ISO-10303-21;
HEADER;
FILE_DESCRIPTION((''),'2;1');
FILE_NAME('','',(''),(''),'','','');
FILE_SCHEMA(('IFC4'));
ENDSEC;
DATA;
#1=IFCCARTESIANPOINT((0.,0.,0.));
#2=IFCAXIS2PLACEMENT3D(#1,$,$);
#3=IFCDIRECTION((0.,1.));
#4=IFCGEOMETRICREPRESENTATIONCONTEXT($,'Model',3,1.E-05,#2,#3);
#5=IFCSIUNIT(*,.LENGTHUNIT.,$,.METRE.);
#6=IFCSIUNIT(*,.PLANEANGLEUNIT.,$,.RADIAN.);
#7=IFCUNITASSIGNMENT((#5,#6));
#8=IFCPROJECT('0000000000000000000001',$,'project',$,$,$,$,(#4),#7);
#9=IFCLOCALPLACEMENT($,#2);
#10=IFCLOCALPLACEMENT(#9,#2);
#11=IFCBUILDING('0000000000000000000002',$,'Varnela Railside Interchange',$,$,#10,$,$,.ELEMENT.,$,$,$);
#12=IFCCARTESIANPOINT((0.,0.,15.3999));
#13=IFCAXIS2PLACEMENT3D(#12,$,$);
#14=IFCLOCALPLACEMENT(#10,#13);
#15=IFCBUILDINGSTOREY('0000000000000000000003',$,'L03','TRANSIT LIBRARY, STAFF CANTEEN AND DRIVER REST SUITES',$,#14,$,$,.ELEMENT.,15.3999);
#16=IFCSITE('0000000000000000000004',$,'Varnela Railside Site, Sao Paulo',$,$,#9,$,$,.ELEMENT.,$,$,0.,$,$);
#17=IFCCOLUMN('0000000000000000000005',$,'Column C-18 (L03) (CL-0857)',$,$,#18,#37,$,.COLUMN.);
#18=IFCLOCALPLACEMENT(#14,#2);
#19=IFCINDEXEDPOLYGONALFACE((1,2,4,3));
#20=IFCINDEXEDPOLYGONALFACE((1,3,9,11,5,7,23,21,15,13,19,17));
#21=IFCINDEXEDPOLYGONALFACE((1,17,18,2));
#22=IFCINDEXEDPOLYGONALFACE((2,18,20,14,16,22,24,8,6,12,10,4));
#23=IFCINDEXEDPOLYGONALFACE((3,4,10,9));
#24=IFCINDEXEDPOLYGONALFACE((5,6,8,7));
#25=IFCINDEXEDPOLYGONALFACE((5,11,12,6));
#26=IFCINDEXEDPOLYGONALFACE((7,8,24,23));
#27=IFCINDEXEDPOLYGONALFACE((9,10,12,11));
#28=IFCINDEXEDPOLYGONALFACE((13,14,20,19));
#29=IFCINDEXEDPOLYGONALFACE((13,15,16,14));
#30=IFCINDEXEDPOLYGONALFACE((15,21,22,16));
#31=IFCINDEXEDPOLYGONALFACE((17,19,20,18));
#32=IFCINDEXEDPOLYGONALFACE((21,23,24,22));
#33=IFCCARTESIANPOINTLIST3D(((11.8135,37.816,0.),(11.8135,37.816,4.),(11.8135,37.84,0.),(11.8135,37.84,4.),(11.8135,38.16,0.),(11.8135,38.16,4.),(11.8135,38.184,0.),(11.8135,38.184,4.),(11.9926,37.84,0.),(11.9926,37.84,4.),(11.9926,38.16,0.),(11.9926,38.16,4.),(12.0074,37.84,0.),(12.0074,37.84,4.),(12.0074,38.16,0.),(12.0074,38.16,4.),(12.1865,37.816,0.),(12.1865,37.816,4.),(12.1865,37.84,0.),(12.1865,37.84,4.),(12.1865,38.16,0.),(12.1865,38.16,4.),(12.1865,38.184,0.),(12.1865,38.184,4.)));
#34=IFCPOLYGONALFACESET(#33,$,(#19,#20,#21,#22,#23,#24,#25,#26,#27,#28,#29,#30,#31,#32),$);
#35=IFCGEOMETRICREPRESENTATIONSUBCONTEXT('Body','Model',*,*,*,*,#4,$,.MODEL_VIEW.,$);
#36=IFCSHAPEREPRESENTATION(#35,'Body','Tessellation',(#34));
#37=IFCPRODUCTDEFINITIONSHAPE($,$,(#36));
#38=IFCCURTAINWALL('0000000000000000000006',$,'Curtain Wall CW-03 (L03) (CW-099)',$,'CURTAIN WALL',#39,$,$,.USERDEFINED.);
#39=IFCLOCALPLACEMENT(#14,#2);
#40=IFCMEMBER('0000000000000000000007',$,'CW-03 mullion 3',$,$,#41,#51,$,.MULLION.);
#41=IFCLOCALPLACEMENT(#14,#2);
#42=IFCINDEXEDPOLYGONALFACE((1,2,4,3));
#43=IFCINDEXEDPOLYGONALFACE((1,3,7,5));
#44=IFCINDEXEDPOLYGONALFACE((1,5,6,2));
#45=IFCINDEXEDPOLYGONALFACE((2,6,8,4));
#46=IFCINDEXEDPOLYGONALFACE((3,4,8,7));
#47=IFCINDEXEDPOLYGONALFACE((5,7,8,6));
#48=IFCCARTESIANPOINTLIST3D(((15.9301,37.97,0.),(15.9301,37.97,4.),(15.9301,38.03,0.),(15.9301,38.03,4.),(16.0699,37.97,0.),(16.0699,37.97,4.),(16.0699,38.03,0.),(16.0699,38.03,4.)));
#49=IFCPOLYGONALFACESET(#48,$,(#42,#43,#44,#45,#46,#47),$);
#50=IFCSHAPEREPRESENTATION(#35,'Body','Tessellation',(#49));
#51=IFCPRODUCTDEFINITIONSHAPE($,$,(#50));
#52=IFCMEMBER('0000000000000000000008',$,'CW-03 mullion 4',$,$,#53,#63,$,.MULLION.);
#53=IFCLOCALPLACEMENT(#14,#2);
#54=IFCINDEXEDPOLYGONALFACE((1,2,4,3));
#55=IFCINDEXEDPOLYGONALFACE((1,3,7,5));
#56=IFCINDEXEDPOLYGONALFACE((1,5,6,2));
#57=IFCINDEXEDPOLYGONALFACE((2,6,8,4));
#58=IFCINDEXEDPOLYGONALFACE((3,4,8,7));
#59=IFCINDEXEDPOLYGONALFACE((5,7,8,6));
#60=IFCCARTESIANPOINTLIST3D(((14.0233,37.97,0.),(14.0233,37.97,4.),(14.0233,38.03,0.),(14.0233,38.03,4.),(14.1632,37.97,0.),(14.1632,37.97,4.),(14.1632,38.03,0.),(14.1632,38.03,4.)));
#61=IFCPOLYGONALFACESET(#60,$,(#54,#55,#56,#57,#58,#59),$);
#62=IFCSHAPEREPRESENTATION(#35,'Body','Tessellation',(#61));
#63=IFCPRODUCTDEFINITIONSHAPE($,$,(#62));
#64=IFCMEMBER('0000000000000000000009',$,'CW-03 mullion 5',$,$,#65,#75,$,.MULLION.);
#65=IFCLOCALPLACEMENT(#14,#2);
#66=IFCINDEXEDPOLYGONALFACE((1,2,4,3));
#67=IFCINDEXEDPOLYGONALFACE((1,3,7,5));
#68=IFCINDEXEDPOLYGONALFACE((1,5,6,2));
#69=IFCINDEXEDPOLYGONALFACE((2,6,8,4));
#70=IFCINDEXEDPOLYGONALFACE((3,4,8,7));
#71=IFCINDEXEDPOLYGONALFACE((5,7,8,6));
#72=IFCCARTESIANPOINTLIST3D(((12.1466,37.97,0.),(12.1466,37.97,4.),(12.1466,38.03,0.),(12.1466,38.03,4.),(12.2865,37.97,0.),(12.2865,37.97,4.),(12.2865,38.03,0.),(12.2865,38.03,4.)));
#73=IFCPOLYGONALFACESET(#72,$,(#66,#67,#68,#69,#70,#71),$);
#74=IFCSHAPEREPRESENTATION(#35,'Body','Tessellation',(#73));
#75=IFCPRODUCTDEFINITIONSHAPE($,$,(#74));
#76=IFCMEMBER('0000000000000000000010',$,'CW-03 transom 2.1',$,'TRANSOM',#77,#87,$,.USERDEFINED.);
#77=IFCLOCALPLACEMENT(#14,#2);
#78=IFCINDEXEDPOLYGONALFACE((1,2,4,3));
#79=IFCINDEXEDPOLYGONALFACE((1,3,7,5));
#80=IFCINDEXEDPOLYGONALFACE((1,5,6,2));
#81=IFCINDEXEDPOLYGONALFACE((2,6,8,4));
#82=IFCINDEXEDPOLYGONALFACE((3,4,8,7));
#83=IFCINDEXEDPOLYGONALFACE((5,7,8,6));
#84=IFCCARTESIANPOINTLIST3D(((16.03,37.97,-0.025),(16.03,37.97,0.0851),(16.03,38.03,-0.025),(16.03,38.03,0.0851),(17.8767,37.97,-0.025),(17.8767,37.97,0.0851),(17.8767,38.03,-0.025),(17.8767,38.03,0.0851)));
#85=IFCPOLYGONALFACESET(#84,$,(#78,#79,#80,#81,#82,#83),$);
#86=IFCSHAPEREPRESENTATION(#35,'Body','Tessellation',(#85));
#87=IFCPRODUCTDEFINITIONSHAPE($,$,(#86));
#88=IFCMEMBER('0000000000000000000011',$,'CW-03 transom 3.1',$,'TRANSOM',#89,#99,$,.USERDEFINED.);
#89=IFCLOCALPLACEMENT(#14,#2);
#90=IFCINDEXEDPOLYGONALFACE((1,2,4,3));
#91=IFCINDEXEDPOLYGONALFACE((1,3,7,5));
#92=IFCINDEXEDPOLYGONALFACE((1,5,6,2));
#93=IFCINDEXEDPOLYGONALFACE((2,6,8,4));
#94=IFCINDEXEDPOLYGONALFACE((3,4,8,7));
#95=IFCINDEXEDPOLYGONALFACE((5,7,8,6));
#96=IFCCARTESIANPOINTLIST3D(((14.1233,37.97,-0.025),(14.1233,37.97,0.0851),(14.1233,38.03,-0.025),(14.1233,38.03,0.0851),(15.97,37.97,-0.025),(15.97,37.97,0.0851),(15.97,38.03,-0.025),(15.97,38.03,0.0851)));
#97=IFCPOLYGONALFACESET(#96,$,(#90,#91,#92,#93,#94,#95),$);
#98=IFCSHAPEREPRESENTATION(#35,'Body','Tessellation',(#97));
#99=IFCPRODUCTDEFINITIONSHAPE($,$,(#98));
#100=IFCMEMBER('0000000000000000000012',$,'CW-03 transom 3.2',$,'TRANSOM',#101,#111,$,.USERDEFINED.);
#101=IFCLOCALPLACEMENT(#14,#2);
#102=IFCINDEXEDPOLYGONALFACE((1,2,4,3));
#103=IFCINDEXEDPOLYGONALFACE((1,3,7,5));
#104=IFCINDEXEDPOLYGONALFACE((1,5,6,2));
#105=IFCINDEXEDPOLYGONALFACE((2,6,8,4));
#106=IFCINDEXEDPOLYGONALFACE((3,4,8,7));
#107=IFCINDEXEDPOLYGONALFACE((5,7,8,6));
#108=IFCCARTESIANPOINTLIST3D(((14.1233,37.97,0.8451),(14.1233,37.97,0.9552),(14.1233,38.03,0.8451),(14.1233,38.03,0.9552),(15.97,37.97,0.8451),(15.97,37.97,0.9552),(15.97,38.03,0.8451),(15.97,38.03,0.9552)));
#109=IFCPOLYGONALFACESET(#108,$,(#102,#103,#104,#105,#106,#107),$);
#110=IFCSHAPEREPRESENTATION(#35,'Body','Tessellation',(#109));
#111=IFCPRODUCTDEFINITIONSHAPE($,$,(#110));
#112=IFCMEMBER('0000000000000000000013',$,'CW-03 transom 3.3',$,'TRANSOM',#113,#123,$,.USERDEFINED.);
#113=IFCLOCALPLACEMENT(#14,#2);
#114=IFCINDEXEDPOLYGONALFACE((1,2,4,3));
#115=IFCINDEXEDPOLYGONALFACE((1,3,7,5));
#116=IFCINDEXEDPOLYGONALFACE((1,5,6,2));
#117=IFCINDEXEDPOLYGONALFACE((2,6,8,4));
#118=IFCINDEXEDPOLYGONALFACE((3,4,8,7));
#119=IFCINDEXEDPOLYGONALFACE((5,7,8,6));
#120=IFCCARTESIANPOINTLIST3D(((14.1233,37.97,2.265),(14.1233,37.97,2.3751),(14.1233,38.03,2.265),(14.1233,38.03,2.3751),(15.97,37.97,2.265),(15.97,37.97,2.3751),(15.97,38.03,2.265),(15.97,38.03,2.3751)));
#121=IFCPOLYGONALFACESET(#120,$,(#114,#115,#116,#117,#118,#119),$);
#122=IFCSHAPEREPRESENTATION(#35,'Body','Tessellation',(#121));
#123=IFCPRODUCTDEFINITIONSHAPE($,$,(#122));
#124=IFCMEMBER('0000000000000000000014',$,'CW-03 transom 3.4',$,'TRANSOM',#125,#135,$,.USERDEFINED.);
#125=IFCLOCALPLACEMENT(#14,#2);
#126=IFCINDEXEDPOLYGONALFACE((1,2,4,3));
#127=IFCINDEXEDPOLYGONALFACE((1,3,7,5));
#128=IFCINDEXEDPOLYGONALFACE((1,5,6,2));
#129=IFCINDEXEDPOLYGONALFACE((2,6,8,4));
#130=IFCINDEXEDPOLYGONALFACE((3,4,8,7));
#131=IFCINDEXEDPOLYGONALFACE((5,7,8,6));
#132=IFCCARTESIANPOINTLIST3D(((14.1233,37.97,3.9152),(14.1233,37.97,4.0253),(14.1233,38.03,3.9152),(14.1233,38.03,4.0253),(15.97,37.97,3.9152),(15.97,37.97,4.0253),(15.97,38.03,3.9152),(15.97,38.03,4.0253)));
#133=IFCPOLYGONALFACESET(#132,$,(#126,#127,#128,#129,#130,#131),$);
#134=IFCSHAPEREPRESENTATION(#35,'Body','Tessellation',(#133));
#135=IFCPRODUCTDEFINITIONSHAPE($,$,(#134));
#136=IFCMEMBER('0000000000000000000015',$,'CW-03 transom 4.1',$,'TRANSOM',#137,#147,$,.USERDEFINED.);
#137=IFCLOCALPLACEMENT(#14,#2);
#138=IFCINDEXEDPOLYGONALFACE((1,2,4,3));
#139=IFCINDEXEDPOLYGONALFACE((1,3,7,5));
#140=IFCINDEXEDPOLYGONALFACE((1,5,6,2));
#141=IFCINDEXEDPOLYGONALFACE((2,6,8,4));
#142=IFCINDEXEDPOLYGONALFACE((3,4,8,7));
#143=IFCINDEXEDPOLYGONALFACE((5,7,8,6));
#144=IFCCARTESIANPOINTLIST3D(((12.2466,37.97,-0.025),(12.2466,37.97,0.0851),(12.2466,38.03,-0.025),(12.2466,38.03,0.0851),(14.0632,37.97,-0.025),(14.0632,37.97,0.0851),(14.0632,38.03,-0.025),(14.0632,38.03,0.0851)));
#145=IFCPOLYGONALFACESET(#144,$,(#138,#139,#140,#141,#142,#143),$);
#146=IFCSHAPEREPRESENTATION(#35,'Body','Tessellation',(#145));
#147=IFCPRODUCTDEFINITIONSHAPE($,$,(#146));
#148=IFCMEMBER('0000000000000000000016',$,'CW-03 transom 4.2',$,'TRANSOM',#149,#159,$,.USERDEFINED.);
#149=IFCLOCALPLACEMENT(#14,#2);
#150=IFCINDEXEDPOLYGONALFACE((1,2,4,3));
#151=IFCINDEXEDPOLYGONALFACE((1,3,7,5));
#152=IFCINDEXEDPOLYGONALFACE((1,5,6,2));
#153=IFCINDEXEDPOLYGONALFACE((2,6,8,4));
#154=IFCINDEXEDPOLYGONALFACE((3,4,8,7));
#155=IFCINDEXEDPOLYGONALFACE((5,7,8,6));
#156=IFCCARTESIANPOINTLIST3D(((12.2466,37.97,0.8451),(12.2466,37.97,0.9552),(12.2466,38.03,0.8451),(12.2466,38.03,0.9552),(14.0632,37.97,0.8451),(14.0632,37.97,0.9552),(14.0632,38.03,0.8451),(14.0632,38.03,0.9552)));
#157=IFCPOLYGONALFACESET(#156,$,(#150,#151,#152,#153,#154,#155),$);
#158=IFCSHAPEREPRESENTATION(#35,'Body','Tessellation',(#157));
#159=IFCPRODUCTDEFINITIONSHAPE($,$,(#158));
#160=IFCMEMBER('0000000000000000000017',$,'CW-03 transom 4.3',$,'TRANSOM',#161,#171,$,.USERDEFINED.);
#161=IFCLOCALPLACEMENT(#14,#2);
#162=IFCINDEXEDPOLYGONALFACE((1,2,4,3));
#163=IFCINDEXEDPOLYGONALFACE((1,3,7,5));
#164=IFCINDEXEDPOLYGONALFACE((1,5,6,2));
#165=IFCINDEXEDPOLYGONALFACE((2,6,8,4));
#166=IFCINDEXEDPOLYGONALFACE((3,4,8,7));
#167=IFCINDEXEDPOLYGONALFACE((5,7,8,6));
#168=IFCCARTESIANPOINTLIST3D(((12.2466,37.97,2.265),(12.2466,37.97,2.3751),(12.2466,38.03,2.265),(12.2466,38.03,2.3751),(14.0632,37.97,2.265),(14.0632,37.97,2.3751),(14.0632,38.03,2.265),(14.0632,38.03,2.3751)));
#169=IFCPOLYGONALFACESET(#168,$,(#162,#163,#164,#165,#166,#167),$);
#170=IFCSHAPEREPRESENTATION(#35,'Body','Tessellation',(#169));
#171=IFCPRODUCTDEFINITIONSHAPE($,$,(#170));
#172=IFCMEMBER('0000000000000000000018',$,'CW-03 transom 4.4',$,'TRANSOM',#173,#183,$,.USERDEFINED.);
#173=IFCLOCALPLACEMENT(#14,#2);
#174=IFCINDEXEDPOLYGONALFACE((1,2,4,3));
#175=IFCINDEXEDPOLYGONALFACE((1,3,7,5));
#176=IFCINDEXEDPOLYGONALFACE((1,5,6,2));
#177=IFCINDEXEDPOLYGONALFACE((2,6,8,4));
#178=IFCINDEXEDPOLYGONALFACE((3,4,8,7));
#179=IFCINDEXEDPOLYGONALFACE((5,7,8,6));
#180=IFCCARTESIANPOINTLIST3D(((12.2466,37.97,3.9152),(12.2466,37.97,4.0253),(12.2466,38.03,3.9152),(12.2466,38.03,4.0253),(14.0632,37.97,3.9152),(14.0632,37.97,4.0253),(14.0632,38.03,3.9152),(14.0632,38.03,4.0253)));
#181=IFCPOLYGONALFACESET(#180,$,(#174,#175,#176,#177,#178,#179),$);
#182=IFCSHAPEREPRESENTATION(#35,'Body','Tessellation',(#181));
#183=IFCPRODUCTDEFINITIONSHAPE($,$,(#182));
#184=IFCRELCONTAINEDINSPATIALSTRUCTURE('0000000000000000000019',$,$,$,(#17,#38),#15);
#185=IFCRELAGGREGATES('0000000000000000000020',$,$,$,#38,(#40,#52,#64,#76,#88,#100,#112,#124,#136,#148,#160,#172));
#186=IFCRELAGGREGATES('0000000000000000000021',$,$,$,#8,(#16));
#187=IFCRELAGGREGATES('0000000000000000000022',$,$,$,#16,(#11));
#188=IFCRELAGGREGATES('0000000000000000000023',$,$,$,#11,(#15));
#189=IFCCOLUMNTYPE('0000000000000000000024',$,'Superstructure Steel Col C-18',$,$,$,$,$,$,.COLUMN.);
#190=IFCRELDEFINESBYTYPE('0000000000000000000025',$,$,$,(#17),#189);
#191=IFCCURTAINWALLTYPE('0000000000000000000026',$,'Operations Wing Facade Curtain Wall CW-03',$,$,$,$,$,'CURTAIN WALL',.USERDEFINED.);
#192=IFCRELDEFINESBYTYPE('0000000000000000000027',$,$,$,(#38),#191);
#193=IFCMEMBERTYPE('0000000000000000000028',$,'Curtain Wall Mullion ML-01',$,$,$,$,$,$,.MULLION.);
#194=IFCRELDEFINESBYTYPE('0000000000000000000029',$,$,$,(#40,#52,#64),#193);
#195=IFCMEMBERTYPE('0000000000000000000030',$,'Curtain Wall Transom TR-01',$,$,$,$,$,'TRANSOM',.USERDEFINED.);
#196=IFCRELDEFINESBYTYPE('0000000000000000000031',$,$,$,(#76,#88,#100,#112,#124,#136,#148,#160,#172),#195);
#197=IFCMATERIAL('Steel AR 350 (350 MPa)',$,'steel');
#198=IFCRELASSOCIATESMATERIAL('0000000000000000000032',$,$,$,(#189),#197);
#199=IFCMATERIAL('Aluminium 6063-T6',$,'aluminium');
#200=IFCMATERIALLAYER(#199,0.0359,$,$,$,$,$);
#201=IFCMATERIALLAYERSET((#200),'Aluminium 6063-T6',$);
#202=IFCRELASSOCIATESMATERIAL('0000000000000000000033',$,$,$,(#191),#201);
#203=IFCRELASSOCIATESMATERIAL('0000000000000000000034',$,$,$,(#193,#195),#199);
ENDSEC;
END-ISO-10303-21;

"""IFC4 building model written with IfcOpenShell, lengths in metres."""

from ifc_helpers import new_model, si_unit, direction, frame, origin, origin_2d, place, context, subcontext, project, spatial, rectangle, i_section, extrude, material, layer, layer_set, material_profile, profile_set, type_object, element, aggregate, save


model = new_model("IFC4")

# Units and contexts
model_context = context("Model", 3, precision=1e-05, world=origin(), true_north=direction((0.0, 1.0)))
body_context = subcontext(model_context, "Body", "Model", "MODEL_VIEW")
ifc_project = project(units=[si_unit("LENGTHUNIT", "METRE"), si_unit("PLANEANGLEUNIT", "RADIAN")], contexts=[model_context])

# Site, building, storey
site_placement = place(None, origin())
site = spatial("IfcSite", under=ifc_project, at=site_placement, Name="Varnela Railside Site, Sao Paulo", CompositionType="ELEMENT", RefElevation=0.0)
building_placement = place(site_placement, origin())
building = spatial("IfcBuilding", under=site, at=building_placement, Name="Varnela Railside Interchange", CompositionType="ELEMENT")
storey_placement = place(building_placement, frame((0.0, 0.0, 15.3999)))
storey = spatial("IfcBuildingStorey", under=building, at=storey_placement, Name="L03", Description="TRANSIT LIBRARY, STAFF CANTEEN AND DRIVER REST SUITES", CompositionType="ELEMENT", Elevation=15.3999)

# Column
ifc_material_1 = material(Name="Steel AR 350 (350 MPa)", Category="steel")
ifc_material_profile_1 = material_profile(ifc_material_1, i_section(OverallWidth=0.373, OverallDepth=0.3679, WebThickness=0.0149, FlangeThickness=0.0239, at=origin_2d()), Name="W360x179")
ifc_profile_set_1 = profile_set([ifc_material_profile_1], Name="Steel AR 350 (350 MPa)")
column_type = type_object("IfcColumnType", Name="Superstructure Steel Col C-18", PredefinedType="COLUMN", material=ifc_profile_set_1)
column_placement = place(storey_placement, frame((12.0, 38.0, 0.0), z_axis=(0.0, 0.0, 1.0), x_axis=(1.0, 0.0, 0.0)))
element("IfcColumn", 1, at=column_placement, inside=storey, type_object=column_type, Name="Column C-18 (L03) (CL-0857)", PredefinedType="COLUMN", context=body_context, shape_type="SweptSolid", body=[
    extrude(i_section(OverallWidth=0.373, OverallDepth=0.3679, WebThickness=0.0149, FlangeThickness=0.0239, at=origin_2d()), origin(), (0.0, 0.0, 1.0), 4.0),
])

# Curtain wall, members
ifc_material_2 = material(Name="Aluminium 6063-T6", Category="aluminium")
ifc_layer_1 = layer(ifc_material_2, 0.0359)
ifc_layer_set_1 = layer_set([ifc_layer_1], Name="Aluminium 6063-T6")
curtain_wall_type = type_object("IfcCurtainWallType", Name="Operations Wing Facade Curtain Wall CW-03", ElementType="CURTAIN WALL", PredefinedType="USERDEFINED", material=ifc_layer_set_1)
curtain_wall_placement = place(storey_placement, origin())
curtain_wall = element("IfcCurtainWall", 2, at=curtain_wall_placement, inside=storey, type_object=curtain_wall_type, Name="Curtain Wall CW-03 (L03) (CW-099)", ObjectType="CURTAIN WALL", PredefinedType="USERDEFINED")
ifc_material_profile_2 = material_profile(ifc_material_2, rectangle(XDim=0.0601, YDim=0.1399, at=origin_2d()), Name="ALU 60x140")
ifc_profile_set_2 = profile_set([ifc_material_profile_2], Name="Aluminium 6063-T6")
member_type_1 = type_object("IfcMemberType", Name="Curtain Wall Mullion ML-01", PredefinedType="MULLION", material=ifc_profile_set_2)
member_1_placement = place(storey_placement, frame((16.0, 38.0, 0.0), z_axis=(0.0, 0.0, 1.0), x_axis=(0.0, -1.0, 0.0)))
member_1 = element("IfcMember", 3, at=member_1_placement, type_object=member_type_1, Name="CW-03 mullion 3", PredefinedType="MULLION", context=body_context, shape_type="SweptSolid", body=[
    extrude(rectangle(XDim=0.0601, YDim=0.1399, at=origin_2d()), origin(), (0.0, 0.0, 1.0), 4.0),
])
member_2_placement = place(storey_placement, frame((14.0933, 38.0, 0.0), z_axis=(0.0, 0.0, 1.0), x_axis=(0.0, -1.0, 0.0)))
member_2 = element("IfcMember", 4, at=member_2_placement, type_object=member_type_1, Name="CW-03 mullion 4", PredefinedType="MULLION", context=body_context, shape_type="SweptSolid", body=[
    extrude(rectangle(XDim=0.0601, YDim=0.1399, at=origin_2d()), origin(), (0.0, 0.0, 1.0), 4.0),
])
member_3_placement = place(storey_placement, frame((12.2166, 38.0, 0.0), z_axis=(0.0, 0.0, 1.0), x_axis=(0.0, -1.0, 0.0)))
member_3 = element("IfcMember", 5, at=member_3_placement, type_object=member_type_1, Name="CW-03 mullion 5", PredefinedType="MULLION", context=body_context, shape_type="SweptSolid", body=[
    extrude(rectangle(XDim=0.0601, YDim=0.1399, at=origin_2d()), origin(), (0.0, 0.0, 1.0), 4.0),
])
ifc_material_profile_3 = material_profile(ifc_material_2, rectangle(XDim=0.0601, YDim=0.1101, at=origin_2d()), Name="ALU 60x110")
ifc_profile_set_3 = profile_set([ifc_material_profile_3], Name="Aluminium 6063-T6")
member_type_2 = type_object("IfcMemberType", Name="Curtain Wall Transom TR-01", ElementType="TRANSOM", PredefinedType="USERDEFINED", material=ifc_profile_set_3)
member_4_placement = place(storey_placement, frame((17.8767, 38.0, 0.03), z_axis=(-1.0, 0.0, 0.0), x_axis=(0.0, -1.0, 0.0)))
member_4 = element("IfcMember", 6, at=member_4_placement, type_object=member_type_2, Name="CW-03 transom 2.1", ObjectType="TRANSOM", PredefinedType="USERDEFINED", context=body_context, shape_type="SweptSolid", body=[
    extrude(rectangle(XDim=0.0601, YDim=0.1101, at=origin_2d()), origin(), (0.0, 0.0, 1.0), 1.8467),
])
member_5_placement = place(storey_placement, frame((15.97, 38.0, 0.03), z_axis=(-1.0, 0.0, 0.0), x_axis=(0.0, -1.0, 0.0)))
member_5 = element("IfcMember", 7, at=member_5_placement, type_object=member_type_2, Name="CW-03 transom 3.1", ObjectType="TRANSOM", PredefinedType="USERDEFINED", context=body_context, shape_type="SweptSolid", body=[
    extrude(rectangle(XDim=0.0601, YDim=0.1101, at=origin_2d()), origin(), (0.0, 0.0, 1.0), 1.8467),
])
member_6_placement = place(storey_placement, frame((15.97, 38.0, 0.9001), z_axis=(-1.0, 0.0, 0.0), x_axis=(0.0, -1.0, 0.0)))
member_6 = element("IfcMember", 8, at=member_6_placement, type_object=member_type_2, Name="CW-03 transom 3.2", ObjectType="TRANSOM", PredefinedType="USERDEFINED", context=body_context, shape_type="SweptSolid", body=[
    extrude(rectangle(XDim=0.0601, YDim=0.1101, at=origin_2d()), origin(), (0.0, 0.0, 1.0), 1.8467),
])
member_7_placement = place(storey_placement, frame((15.97, 38.0, 2.3201), z_axis=(-1.0, 0.0, 0.0), x_axis=(0.0, -1.0, 0.0)))
member_7 = element("IfcMember", 9, at=member_7_placement, type_object=member_type_2, Name="CW-03 transom 3.3", ObjectType="TRANSOM", PredefinedType="USERDEFINED", context=body_context, shape_type="SweptSolid", body=[
    extrude(rectangle(XDim=0.0601, YDim=0.1101, at=origin_2d()), origin(), (0.0, 0.0, 1.0), 1.8467),
])
member_8_placement = place(storey_placement, frame((15.97, 38.0, 3.9702), z_axis=(-1.0, 0.0, 0.0), x_axis=(0.0, -1.0, 0.0)))
member_8 = element("IfcMember", 10, at=member_8_placement, type_object=member_type_2, Name="CW-03 transom 3.4", ObjectType="TRANSOM", PredefinedType="USERDEFINED", context=body_context, shape_type="SweptSolid", body=[
    extrude(rectangle(XDim=0.0601, YDim=0.1101, at=origin_2d()), origin(), (0.0, 0.0, 1.0), 1.8467),
])
member_9_placement = place(storey_placement, frame((14.0632, 38.0, 0.03), z_axis=(-1.0, 0.0, 0.0), x_axis=(0.0, -1.0, 0.0)))
member_9 = element("IfcMember", 11, at=member_9_placement, type_object=member_type_2, Name="CW-03 transom 4.1", ObjectType="TRANSOM", PredefinedType="USERDEFINED", context=body_context, shape_type="SweptSolid", body=[
    extrude(rectangle(XDim=0.0601, YDim=0.1101, at=origin_2d()), origin(), (0.0, 0.0, 1.0), 1.8167),
])
member_10_placement = place(storey_placement, frame((14.0632, 38.0, 0.9001), z_axis=(-1.0, 0.0, 0.0), x_axis=(0.0, -1.0, 0.0)))
member_10 = element("IfcMember", 12, at=member_10_placement, type_object=member_type_2, Name="CW-03 transom 4.2", ObjectType="TRANSOM", PredefinedType="USERDEFINED", context=body_context, shape_type="SweptSolid", body=[
    extrude(rectangle(XDim=0.0601, YDim=0.1101, at=origin_2d()), origin(), (0.0, 0.0, 1.0), 1.8167),
])
member_11_placement = place(storey_placement, frame((14.0632, 38.0, 2.3201), z_axis=(-1.0, 0.0, 0.0), x_axis=(0.0, -1.0, 0.0)))
member_11 = element("IfcMember", 13, at=member_11_placement, type_object=member_type_2, Name="CW-03 transom 4.3", ObjectType="TRANSOM", PredefinedType="USERDEFINED", context=body_context, shape_type="SweptSolid", body=[
    extrude(rectangle(XDim=0.0601, YDim=0.1101, at=origin_2d()), origin(), (0.0, 0.0, 1.0), 1.8167),
])
member_12_placement = place(storey_placement, frame((14.0632, 38.0, 3.9702), z_axis=(-1.0, 0.0, 0.0), x_axis=(0.0, -1.0, 0.0)))
member_12 = element("IfcMember", 14, at=member_12_placement, type_object=member_type_2, Name="CW-03 transom 4.4", ObjectType="TRANSOM", PredefinedType="USERDEFINED", context=body_context, shape_type="SweptSolid", body=[
    extrude(rectangle(XDim=0.0601, YDim=0.1101, at=origin_2d()), origin(), (0.0, 0.0, 1.0), 1.8167),
])

aggregate(curtain_wall, [member_1, member_2, member_3, member_4, member_5, member_6, member_7, member_8, member_9, member_10, member_11, member_12])

save(model, "model.ifc")
